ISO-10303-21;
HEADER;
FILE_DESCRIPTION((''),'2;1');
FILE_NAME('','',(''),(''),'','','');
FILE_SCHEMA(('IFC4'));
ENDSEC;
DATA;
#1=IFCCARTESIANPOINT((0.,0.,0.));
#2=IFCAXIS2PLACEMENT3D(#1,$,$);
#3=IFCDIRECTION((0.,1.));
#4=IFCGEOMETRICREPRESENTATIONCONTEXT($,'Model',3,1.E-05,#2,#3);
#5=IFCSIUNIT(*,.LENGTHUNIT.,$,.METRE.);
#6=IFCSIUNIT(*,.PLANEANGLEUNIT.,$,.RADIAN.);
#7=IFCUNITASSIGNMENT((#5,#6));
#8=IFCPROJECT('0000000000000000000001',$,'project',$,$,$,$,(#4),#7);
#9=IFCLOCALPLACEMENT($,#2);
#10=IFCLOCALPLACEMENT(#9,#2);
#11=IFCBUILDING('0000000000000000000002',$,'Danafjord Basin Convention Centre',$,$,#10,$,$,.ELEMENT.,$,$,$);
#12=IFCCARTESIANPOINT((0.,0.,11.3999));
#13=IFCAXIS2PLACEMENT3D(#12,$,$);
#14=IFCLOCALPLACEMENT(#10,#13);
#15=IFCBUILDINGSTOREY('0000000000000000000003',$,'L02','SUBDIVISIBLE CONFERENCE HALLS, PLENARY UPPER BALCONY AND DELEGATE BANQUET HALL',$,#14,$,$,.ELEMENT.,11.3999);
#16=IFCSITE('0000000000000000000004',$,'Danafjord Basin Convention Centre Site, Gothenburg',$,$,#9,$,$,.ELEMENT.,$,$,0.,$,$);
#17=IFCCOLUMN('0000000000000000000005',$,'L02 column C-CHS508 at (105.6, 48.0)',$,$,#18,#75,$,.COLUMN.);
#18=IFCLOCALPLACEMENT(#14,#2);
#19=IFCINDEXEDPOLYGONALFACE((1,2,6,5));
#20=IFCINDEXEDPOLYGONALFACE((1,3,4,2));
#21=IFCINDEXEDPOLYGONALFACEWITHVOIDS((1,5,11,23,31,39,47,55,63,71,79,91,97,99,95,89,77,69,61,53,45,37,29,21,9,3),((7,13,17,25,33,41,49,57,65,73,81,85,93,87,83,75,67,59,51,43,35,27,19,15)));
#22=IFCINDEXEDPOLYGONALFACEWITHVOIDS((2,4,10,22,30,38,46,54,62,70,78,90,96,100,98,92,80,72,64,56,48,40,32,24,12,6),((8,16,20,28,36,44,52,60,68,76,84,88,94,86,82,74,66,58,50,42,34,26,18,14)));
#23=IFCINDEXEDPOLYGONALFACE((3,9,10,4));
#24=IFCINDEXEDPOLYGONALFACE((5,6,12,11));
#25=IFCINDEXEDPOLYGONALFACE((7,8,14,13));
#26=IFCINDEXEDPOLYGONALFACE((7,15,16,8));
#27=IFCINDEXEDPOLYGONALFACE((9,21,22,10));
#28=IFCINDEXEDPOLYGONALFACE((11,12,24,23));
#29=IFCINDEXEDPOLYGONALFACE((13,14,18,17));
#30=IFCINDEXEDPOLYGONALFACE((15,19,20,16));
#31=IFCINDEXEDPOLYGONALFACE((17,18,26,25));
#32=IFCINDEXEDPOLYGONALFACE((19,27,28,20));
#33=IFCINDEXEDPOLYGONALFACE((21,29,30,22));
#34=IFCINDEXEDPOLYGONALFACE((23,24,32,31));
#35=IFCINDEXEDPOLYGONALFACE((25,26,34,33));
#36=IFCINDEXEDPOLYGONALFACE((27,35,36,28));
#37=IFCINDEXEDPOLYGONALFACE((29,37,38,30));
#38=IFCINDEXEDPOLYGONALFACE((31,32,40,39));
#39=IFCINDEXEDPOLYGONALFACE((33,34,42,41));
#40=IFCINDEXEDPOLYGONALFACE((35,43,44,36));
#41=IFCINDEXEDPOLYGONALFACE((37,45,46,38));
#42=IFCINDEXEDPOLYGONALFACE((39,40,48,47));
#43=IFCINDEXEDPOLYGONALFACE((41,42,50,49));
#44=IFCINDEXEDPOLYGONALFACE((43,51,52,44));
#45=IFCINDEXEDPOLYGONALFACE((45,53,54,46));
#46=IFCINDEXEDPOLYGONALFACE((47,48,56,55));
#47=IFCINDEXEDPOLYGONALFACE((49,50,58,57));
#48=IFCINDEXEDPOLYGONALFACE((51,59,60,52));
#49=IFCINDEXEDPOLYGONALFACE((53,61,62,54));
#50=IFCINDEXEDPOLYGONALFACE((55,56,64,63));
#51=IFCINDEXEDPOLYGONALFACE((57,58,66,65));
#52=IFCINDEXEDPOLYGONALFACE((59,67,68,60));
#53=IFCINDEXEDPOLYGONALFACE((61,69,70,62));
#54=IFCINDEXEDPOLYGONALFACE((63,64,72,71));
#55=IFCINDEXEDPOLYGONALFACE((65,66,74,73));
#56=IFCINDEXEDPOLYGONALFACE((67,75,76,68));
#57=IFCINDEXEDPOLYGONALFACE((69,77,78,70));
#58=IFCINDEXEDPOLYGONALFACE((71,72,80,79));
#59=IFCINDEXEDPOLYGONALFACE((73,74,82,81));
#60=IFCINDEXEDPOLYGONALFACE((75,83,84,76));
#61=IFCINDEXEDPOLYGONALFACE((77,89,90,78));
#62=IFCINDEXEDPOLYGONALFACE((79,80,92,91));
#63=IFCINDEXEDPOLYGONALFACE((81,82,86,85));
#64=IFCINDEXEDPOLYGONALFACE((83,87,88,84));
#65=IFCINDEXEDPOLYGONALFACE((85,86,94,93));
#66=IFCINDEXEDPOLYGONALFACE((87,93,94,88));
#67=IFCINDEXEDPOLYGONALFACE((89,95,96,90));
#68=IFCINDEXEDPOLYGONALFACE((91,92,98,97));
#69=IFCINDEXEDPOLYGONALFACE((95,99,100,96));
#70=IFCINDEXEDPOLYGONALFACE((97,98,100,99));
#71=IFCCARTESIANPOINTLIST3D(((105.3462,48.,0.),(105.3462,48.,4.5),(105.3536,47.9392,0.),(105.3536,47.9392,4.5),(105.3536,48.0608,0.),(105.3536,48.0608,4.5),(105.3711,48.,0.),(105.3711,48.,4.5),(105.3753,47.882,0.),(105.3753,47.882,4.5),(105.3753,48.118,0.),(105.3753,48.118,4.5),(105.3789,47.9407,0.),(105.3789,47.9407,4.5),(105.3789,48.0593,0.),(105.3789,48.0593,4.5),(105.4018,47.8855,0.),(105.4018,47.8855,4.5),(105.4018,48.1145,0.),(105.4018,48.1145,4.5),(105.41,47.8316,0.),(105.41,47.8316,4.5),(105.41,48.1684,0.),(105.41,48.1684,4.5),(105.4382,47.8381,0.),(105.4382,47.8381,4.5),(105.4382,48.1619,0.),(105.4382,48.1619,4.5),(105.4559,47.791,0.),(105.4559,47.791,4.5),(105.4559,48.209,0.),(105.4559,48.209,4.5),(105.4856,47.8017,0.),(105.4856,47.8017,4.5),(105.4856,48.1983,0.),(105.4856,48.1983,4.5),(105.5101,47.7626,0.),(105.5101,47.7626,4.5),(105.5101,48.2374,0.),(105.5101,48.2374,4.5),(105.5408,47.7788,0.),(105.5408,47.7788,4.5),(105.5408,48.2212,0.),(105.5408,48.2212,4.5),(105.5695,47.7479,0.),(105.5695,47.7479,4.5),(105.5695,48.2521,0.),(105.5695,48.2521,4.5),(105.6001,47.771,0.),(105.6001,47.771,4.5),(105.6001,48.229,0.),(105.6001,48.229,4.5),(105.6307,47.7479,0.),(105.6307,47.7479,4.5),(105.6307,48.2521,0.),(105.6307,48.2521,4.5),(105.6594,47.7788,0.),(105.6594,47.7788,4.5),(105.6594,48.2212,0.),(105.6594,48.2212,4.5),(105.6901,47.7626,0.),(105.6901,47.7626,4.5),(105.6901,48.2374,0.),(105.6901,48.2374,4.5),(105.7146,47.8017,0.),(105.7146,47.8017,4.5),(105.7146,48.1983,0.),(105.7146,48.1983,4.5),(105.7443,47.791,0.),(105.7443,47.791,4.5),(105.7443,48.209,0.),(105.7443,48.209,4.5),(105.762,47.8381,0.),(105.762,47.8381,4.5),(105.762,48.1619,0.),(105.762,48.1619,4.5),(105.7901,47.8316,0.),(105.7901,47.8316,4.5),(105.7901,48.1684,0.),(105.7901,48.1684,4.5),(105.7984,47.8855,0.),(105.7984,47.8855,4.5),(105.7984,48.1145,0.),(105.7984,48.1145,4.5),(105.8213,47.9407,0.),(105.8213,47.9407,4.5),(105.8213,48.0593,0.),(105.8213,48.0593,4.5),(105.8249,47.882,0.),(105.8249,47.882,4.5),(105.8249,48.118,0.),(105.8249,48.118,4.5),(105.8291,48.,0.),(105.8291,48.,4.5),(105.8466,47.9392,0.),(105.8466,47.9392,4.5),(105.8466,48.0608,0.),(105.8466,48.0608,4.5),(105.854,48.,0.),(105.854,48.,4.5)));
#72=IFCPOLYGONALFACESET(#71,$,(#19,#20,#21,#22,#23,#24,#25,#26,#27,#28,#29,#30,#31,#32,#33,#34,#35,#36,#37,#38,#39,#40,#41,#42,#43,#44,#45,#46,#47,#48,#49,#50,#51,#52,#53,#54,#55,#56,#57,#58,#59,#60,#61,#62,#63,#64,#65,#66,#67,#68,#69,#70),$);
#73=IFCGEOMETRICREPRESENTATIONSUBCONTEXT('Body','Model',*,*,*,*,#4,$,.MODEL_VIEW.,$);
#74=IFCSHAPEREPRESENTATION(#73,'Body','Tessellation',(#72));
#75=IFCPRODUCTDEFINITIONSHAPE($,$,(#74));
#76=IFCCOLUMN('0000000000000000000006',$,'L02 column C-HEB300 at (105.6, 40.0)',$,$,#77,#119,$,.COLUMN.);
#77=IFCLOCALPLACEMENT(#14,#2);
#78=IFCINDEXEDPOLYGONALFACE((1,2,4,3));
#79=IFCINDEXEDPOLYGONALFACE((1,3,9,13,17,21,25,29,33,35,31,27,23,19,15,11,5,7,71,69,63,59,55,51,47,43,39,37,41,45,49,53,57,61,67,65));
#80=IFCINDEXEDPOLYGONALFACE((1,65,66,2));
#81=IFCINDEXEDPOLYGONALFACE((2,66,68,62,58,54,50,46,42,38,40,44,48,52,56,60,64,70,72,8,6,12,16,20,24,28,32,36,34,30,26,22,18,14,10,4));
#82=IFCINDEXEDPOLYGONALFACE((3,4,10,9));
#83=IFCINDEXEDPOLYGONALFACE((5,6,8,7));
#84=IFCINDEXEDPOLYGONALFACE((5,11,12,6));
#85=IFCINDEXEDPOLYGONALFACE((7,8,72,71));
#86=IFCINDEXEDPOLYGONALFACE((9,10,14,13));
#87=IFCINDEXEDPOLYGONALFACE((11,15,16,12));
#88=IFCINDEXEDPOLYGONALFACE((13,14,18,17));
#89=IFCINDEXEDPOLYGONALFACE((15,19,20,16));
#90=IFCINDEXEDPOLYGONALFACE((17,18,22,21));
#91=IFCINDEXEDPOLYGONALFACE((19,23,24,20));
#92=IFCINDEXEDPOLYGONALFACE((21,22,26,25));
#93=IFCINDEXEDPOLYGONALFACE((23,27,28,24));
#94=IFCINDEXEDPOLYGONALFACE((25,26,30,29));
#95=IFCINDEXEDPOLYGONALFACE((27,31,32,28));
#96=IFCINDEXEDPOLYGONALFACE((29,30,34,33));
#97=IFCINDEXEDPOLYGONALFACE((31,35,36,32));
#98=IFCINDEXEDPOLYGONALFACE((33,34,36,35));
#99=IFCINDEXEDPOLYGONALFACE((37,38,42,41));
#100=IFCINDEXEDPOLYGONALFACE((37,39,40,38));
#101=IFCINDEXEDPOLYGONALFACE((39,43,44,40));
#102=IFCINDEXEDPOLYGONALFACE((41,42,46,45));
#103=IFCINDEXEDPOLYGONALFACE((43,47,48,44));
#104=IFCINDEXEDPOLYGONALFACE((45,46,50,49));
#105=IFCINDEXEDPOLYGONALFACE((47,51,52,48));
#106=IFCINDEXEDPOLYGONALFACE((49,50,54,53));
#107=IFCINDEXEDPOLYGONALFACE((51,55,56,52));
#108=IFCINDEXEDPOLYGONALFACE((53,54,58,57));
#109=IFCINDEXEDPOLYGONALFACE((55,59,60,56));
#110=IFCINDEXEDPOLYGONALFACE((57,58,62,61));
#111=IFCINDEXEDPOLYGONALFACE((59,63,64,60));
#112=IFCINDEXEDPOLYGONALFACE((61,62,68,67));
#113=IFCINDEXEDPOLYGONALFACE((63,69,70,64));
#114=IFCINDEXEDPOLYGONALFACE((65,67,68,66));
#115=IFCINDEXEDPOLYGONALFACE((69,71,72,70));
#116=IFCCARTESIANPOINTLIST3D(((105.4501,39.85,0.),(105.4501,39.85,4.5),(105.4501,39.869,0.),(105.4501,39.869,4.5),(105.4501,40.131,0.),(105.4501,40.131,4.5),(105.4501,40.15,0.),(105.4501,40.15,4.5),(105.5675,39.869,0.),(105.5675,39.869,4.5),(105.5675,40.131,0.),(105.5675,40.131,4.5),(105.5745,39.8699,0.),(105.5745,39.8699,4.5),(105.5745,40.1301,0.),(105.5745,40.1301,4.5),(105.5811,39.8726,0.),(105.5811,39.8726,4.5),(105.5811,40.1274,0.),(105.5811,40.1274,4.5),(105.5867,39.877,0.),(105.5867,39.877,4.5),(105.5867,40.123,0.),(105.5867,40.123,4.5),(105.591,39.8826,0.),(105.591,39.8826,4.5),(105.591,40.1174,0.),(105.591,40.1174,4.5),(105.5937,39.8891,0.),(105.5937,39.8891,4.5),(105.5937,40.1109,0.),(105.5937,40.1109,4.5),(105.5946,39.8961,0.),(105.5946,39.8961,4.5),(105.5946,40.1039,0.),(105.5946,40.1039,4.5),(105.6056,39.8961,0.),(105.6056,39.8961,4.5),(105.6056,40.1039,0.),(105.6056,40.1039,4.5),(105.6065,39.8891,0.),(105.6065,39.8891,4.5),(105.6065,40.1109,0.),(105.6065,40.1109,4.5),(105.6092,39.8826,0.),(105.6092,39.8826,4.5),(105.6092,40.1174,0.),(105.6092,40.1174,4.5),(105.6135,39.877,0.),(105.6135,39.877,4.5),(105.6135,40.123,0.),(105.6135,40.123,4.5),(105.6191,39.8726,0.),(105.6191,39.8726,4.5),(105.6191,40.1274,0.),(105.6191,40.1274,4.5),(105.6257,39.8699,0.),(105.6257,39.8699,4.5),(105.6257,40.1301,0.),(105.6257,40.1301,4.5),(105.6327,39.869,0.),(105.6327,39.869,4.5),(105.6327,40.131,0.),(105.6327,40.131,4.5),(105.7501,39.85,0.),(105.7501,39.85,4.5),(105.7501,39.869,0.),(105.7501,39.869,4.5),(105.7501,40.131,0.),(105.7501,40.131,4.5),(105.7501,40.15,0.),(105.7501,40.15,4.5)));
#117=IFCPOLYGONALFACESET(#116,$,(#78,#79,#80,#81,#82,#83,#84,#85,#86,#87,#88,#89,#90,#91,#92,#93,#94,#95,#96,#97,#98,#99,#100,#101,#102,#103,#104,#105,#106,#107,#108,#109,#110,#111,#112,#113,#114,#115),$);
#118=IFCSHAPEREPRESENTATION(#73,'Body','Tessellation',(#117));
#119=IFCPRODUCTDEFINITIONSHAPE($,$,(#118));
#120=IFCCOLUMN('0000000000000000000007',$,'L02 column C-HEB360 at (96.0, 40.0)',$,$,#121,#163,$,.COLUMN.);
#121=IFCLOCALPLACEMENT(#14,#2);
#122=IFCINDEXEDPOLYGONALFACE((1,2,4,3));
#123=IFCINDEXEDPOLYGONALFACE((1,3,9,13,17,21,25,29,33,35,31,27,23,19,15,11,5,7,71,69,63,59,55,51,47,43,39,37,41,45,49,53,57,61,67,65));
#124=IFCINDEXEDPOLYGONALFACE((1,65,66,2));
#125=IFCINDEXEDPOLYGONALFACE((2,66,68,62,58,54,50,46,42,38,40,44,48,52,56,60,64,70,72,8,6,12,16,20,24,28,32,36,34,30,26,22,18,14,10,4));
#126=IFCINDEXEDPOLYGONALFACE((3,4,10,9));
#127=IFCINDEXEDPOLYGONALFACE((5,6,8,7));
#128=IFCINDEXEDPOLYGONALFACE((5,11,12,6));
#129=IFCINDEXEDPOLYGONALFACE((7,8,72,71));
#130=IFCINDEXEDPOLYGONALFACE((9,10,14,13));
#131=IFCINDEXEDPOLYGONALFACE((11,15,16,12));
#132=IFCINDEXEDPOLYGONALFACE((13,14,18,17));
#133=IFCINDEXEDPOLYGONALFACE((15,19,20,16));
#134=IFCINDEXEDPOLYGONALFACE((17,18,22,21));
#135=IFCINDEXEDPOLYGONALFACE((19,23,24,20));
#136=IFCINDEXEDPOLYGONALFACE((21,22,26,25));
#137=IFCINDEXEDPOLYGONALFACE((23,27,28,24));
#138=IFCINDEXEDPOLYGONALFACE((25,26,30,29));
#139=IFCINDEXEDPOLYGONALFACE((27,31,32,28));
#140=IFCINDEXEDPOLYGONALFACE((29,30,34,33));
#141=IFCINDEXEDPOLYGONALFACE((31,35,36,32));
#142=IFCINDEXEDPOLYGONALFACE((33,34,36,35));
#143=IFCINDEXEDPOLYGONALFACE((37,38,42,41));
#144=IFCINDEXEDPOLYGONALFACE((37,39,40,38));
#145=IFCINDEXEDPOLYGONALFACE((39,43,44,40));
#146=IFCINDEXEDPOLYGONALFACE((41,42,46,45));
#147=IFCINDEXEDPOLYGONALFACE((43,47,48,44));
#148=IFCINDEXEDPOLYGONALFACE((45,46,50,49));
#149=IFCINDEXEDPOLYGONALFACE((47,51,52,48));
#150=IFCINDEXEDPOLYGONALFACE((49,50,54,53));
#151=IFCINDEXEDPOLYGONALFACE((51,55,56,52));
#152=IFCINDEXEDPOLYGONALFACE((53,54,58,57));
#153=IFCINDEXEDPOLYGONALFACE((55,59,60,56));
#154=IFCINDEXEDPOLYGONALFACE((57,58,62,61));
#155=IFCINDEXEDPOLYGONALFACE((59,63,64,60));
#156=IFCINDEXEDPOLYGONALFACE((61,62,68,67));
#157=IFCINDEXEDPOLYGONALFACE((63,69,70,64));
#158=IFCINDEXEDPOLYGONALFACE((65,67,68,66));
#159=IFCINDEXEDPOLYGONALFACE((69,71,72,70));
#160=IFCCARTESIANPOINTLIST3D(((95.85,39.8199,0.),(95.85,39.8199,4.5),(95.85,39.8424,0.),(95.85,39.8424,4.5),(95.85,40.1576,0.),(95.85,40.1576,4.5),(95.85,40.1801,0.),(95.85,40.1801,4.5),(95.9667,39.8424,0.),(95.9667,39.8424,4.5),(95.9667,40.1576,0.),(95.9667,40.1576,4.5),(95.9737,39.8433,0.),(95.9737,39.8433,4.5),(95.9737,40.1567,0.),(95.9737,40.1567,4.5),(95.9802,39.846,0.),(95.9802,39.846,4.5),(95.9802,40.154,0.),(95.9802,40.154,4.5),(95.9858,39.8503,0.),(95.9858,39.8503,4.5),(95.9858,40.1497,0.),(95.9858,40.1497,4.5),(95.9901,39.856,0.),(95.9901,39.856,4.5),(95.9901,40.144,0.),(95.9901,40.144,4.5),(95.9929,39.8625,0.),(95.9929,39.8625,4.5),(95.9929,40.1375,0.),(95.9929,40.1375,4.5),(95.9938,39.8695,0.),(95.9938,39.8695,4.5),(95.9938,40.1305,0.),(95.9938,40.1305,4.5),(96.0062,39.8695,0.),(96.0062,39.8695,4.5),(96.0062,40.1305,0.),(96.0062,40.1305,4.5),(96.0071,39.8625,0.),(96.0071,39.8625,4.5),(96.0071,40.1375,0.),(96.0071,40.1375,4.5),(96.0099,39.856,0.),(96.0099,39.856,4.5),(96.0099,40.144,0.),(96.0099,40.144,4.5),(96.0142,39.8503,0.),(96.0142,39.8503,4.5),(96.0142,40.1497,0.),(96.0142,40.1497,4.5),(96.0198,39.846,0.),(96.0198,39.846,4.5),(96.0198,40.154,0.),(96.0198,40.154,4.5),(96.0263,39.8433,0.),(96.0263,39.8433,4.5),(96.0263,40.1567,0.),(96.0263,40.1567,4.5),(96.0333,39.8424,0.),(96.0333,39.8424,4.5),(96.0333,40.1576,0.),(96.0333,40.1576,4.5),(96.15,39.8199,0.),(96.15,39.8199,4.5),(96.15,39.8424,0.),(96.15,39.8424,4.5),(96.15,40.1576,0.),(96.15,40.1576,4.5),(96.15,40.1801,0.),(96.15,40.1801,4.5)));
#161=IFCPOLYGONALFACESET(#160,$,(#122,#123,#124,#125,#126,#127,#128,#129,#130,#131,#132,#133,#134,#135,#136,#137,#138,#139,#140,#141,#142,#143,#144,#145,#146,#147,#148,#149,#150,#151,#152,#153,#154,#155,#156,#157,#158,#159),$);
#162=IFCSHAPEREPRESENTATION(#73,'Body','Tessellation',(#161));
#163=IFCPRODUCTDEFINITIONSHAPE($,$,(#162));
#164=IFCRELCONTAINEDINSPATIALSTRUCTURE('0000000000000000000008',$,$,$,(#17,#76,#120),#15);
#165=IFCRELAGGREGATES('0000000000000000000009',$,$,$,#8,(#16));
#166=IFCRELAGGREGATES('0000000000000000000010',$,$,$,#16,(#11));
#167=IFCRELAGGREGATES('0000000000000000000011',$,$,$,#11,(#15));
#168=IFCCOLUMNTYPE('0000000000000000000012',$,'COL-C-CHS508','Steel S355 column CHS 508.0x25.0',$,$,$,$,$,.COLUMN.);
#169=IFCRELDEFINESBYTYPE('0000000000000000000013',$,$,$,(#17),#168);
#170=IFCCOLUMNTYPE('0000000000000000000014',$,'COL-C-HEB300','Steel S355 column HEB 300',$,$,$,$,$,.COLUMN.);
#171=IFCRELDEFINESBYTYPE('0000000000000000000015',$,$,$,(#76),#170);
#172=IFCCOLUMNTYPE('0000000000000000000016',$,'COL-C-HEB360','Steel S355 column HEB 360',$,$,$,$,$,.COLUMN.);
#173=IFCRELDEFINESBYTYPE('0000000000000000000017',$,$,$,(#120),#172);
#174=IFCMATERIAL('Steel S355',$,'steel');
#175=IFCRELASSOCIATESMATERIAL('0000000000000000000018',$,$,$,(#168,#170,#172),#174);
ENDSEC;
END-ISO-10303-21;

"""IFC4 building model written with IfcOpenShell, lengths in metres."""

from ifc_helpers import new_model, si_unit, direction, frame, origin, origin_2d, place, context, subcontext, project, spatial, hollow_circle, i_section, extrude, material, material_profile, profile_set, type_object, element, save


model = new_model("IFC4")

# Units and contexts
model_context = context("Model", 3, precision=1e-05, world=origin(), true_north=direction((0.0, 1.0)))
body_context = subcontext(model_context, "Body", "Model", "MODEL_VIEW")
ifc_project = project(units=[si_unit("LENGTHUNIT", "METRE"), si_unit("PLANEANGLEUNIT", "RADIAN")], contexts=[model_context])

# Site, building, storey
site_placement = place(None, origin())
site = spatial("IfcSite", under=ifc_project, at=site_placement, Name="Danafjord Basin Convention Centre Site, Gothenburg", CompositionType="ELEMENT", RefElevation=0.0)
building_placement = place(site_placement, origin())
building = spatial("IfcBuilding", under=site, at=building_placement, Name="Danafjord Basin Convention Centre", CompositionType="ELEMENT")
storey_placement = place(building_placement, frame((0.0, 0.0, 11.3999)))
storey = spatial("IfcBuildingStorey", under=building, at=storey_placement, Name="L02", Description="SUBDIVISIBLE CONFERENCE HALLS, PLENARY UPPER BALCONY AND DELEGATE BANQUET HALL", CompositionType="ELEMENT", Elevation=11.3999)

# Columns
ifc_material_1 = material(Name="Steel S355", Category="steel")
ifc_material_profile_1 = material_profile(ifc_material_1, hollow_circle(Radius=0.2539, WallThickness=0.0249, at=origin_2d()), Name="CHS 508.0x25.0")
ifc_profile_set_1 = profile_set([ifc_material_profile_1], Name="Steel S355")
column_type_1 = type_object("IfcColumnType", Name="COL-C-CHS508", Description="Steel S355 column CHS 508.0x25.0", PredefinedType="COLUMN", material=ifc_profile_set_1)
column_1_placement = place(storey_placement, frame((105.6001, 48.0, 0.0), z_axis=(0.0, 0.0, 1.0), x_axis=(1.0, 0.0, 0.0)))
element("IfcColumn", 1, at=column_1_placement, inside=storey, type_object=column_type_1, Name="L02 column C-CHS508 at (105.6, 48.0)", PredefinedType="COLUMN", context=body_context, shape_type="SweptSolid", body=[
    extrude(hollow_circle(Radius=0.2539, WallThickness=0.0249, at=origin_2d()), origin(), (0.0, 0.0, 1.0), 4.5),
])
ifc_material_profile_2 = material_profile(ifc_material_1, i_section(OverallWidth=0.3, OverallDepth=0.3, WebThickness=0.011, FlangeThickness=0.019, FilletRadius=0.0271, at=origin_2d()), Name="HEB 300")
ifc_profile_set_2 = profile_set([ifc_material_profile_2], Name="Steel S355")
column_type_2 = type_object("IfcColumnType", Name="COL-C-HEB300", Description="Steel S355 column HEB 300", PredefinedType="COLUMN", material=ifc_profile_set_2)
column_2_placement = place(storey_placement, frame((105.6001, 40.0, 0.0), z_axis=(0.0, 0.0, 1.0), x_axis=(1.0, 0.0, 0.0)))
element("IfcColumn", 2, at=column_2_placement, inside=storey, type_object=column_type_2, Name="L02 column C-HEB300 at (105.6, 40.0)", PredefinedType="COLUMN", context=body_context, shape_type="SweptSolid", body=[
    extrude(i_section(OverallWidth=0.3, OverallDepth=0.3, WebThickness=0.011, FlangeThickness=0.019, FilletRadius=0.0271, at=origin_2d()), origin(), (0.0, 0.0, 1.0), 4.5),
])
ifc_material_profile_3 = material_profile(ifc_material_1, i_section(OverallWidth=0.3, OverallDepth=0.3601, WebThickness=0.0125, FlangeThickness=0.0225, FilletRadius=0.0271, at=origin_2d()), Name="HEB 360")
ifc_profile_set_3 = profile_set([ifc_material_profile_3], Name="Steel S355")
column_type_3 = type_object("IfcColumnType", Name="COL-C-HEB360", Description="Steel S355 column HEB 360", PredefinedType="COLUMN", material=ifc_profile_set_3)
for number, where, z_axis, x_axis, name in (
    (3, (96.0, 40.0, 0.0), (0.0, 0.0, 1.0), (1.0, 0.0, 0.0), "L02 column C-HEB360 at (96.0, 40.0)"),
):
    element("IfcColumn", number, at=place(storey_placement, frame(where, z_axis=z_axis, x_axis=x_axis)), inside=storey, type_object=column_type_3, Name=name, PredefinedType="COLUMN", context=body_context, shape_type="SweptSolid", body=[
        extrude(i_section(OverallWidth=0.3, OverallDepth=0.3601, WebThickness=0.0125, FlangeThickness=0.0225, FilletRadius=0.0271, at=origin_2d()), origin(), (0.0, 0.0, 1.0), 4.5),
    ])

save(model, "model.ifc")
